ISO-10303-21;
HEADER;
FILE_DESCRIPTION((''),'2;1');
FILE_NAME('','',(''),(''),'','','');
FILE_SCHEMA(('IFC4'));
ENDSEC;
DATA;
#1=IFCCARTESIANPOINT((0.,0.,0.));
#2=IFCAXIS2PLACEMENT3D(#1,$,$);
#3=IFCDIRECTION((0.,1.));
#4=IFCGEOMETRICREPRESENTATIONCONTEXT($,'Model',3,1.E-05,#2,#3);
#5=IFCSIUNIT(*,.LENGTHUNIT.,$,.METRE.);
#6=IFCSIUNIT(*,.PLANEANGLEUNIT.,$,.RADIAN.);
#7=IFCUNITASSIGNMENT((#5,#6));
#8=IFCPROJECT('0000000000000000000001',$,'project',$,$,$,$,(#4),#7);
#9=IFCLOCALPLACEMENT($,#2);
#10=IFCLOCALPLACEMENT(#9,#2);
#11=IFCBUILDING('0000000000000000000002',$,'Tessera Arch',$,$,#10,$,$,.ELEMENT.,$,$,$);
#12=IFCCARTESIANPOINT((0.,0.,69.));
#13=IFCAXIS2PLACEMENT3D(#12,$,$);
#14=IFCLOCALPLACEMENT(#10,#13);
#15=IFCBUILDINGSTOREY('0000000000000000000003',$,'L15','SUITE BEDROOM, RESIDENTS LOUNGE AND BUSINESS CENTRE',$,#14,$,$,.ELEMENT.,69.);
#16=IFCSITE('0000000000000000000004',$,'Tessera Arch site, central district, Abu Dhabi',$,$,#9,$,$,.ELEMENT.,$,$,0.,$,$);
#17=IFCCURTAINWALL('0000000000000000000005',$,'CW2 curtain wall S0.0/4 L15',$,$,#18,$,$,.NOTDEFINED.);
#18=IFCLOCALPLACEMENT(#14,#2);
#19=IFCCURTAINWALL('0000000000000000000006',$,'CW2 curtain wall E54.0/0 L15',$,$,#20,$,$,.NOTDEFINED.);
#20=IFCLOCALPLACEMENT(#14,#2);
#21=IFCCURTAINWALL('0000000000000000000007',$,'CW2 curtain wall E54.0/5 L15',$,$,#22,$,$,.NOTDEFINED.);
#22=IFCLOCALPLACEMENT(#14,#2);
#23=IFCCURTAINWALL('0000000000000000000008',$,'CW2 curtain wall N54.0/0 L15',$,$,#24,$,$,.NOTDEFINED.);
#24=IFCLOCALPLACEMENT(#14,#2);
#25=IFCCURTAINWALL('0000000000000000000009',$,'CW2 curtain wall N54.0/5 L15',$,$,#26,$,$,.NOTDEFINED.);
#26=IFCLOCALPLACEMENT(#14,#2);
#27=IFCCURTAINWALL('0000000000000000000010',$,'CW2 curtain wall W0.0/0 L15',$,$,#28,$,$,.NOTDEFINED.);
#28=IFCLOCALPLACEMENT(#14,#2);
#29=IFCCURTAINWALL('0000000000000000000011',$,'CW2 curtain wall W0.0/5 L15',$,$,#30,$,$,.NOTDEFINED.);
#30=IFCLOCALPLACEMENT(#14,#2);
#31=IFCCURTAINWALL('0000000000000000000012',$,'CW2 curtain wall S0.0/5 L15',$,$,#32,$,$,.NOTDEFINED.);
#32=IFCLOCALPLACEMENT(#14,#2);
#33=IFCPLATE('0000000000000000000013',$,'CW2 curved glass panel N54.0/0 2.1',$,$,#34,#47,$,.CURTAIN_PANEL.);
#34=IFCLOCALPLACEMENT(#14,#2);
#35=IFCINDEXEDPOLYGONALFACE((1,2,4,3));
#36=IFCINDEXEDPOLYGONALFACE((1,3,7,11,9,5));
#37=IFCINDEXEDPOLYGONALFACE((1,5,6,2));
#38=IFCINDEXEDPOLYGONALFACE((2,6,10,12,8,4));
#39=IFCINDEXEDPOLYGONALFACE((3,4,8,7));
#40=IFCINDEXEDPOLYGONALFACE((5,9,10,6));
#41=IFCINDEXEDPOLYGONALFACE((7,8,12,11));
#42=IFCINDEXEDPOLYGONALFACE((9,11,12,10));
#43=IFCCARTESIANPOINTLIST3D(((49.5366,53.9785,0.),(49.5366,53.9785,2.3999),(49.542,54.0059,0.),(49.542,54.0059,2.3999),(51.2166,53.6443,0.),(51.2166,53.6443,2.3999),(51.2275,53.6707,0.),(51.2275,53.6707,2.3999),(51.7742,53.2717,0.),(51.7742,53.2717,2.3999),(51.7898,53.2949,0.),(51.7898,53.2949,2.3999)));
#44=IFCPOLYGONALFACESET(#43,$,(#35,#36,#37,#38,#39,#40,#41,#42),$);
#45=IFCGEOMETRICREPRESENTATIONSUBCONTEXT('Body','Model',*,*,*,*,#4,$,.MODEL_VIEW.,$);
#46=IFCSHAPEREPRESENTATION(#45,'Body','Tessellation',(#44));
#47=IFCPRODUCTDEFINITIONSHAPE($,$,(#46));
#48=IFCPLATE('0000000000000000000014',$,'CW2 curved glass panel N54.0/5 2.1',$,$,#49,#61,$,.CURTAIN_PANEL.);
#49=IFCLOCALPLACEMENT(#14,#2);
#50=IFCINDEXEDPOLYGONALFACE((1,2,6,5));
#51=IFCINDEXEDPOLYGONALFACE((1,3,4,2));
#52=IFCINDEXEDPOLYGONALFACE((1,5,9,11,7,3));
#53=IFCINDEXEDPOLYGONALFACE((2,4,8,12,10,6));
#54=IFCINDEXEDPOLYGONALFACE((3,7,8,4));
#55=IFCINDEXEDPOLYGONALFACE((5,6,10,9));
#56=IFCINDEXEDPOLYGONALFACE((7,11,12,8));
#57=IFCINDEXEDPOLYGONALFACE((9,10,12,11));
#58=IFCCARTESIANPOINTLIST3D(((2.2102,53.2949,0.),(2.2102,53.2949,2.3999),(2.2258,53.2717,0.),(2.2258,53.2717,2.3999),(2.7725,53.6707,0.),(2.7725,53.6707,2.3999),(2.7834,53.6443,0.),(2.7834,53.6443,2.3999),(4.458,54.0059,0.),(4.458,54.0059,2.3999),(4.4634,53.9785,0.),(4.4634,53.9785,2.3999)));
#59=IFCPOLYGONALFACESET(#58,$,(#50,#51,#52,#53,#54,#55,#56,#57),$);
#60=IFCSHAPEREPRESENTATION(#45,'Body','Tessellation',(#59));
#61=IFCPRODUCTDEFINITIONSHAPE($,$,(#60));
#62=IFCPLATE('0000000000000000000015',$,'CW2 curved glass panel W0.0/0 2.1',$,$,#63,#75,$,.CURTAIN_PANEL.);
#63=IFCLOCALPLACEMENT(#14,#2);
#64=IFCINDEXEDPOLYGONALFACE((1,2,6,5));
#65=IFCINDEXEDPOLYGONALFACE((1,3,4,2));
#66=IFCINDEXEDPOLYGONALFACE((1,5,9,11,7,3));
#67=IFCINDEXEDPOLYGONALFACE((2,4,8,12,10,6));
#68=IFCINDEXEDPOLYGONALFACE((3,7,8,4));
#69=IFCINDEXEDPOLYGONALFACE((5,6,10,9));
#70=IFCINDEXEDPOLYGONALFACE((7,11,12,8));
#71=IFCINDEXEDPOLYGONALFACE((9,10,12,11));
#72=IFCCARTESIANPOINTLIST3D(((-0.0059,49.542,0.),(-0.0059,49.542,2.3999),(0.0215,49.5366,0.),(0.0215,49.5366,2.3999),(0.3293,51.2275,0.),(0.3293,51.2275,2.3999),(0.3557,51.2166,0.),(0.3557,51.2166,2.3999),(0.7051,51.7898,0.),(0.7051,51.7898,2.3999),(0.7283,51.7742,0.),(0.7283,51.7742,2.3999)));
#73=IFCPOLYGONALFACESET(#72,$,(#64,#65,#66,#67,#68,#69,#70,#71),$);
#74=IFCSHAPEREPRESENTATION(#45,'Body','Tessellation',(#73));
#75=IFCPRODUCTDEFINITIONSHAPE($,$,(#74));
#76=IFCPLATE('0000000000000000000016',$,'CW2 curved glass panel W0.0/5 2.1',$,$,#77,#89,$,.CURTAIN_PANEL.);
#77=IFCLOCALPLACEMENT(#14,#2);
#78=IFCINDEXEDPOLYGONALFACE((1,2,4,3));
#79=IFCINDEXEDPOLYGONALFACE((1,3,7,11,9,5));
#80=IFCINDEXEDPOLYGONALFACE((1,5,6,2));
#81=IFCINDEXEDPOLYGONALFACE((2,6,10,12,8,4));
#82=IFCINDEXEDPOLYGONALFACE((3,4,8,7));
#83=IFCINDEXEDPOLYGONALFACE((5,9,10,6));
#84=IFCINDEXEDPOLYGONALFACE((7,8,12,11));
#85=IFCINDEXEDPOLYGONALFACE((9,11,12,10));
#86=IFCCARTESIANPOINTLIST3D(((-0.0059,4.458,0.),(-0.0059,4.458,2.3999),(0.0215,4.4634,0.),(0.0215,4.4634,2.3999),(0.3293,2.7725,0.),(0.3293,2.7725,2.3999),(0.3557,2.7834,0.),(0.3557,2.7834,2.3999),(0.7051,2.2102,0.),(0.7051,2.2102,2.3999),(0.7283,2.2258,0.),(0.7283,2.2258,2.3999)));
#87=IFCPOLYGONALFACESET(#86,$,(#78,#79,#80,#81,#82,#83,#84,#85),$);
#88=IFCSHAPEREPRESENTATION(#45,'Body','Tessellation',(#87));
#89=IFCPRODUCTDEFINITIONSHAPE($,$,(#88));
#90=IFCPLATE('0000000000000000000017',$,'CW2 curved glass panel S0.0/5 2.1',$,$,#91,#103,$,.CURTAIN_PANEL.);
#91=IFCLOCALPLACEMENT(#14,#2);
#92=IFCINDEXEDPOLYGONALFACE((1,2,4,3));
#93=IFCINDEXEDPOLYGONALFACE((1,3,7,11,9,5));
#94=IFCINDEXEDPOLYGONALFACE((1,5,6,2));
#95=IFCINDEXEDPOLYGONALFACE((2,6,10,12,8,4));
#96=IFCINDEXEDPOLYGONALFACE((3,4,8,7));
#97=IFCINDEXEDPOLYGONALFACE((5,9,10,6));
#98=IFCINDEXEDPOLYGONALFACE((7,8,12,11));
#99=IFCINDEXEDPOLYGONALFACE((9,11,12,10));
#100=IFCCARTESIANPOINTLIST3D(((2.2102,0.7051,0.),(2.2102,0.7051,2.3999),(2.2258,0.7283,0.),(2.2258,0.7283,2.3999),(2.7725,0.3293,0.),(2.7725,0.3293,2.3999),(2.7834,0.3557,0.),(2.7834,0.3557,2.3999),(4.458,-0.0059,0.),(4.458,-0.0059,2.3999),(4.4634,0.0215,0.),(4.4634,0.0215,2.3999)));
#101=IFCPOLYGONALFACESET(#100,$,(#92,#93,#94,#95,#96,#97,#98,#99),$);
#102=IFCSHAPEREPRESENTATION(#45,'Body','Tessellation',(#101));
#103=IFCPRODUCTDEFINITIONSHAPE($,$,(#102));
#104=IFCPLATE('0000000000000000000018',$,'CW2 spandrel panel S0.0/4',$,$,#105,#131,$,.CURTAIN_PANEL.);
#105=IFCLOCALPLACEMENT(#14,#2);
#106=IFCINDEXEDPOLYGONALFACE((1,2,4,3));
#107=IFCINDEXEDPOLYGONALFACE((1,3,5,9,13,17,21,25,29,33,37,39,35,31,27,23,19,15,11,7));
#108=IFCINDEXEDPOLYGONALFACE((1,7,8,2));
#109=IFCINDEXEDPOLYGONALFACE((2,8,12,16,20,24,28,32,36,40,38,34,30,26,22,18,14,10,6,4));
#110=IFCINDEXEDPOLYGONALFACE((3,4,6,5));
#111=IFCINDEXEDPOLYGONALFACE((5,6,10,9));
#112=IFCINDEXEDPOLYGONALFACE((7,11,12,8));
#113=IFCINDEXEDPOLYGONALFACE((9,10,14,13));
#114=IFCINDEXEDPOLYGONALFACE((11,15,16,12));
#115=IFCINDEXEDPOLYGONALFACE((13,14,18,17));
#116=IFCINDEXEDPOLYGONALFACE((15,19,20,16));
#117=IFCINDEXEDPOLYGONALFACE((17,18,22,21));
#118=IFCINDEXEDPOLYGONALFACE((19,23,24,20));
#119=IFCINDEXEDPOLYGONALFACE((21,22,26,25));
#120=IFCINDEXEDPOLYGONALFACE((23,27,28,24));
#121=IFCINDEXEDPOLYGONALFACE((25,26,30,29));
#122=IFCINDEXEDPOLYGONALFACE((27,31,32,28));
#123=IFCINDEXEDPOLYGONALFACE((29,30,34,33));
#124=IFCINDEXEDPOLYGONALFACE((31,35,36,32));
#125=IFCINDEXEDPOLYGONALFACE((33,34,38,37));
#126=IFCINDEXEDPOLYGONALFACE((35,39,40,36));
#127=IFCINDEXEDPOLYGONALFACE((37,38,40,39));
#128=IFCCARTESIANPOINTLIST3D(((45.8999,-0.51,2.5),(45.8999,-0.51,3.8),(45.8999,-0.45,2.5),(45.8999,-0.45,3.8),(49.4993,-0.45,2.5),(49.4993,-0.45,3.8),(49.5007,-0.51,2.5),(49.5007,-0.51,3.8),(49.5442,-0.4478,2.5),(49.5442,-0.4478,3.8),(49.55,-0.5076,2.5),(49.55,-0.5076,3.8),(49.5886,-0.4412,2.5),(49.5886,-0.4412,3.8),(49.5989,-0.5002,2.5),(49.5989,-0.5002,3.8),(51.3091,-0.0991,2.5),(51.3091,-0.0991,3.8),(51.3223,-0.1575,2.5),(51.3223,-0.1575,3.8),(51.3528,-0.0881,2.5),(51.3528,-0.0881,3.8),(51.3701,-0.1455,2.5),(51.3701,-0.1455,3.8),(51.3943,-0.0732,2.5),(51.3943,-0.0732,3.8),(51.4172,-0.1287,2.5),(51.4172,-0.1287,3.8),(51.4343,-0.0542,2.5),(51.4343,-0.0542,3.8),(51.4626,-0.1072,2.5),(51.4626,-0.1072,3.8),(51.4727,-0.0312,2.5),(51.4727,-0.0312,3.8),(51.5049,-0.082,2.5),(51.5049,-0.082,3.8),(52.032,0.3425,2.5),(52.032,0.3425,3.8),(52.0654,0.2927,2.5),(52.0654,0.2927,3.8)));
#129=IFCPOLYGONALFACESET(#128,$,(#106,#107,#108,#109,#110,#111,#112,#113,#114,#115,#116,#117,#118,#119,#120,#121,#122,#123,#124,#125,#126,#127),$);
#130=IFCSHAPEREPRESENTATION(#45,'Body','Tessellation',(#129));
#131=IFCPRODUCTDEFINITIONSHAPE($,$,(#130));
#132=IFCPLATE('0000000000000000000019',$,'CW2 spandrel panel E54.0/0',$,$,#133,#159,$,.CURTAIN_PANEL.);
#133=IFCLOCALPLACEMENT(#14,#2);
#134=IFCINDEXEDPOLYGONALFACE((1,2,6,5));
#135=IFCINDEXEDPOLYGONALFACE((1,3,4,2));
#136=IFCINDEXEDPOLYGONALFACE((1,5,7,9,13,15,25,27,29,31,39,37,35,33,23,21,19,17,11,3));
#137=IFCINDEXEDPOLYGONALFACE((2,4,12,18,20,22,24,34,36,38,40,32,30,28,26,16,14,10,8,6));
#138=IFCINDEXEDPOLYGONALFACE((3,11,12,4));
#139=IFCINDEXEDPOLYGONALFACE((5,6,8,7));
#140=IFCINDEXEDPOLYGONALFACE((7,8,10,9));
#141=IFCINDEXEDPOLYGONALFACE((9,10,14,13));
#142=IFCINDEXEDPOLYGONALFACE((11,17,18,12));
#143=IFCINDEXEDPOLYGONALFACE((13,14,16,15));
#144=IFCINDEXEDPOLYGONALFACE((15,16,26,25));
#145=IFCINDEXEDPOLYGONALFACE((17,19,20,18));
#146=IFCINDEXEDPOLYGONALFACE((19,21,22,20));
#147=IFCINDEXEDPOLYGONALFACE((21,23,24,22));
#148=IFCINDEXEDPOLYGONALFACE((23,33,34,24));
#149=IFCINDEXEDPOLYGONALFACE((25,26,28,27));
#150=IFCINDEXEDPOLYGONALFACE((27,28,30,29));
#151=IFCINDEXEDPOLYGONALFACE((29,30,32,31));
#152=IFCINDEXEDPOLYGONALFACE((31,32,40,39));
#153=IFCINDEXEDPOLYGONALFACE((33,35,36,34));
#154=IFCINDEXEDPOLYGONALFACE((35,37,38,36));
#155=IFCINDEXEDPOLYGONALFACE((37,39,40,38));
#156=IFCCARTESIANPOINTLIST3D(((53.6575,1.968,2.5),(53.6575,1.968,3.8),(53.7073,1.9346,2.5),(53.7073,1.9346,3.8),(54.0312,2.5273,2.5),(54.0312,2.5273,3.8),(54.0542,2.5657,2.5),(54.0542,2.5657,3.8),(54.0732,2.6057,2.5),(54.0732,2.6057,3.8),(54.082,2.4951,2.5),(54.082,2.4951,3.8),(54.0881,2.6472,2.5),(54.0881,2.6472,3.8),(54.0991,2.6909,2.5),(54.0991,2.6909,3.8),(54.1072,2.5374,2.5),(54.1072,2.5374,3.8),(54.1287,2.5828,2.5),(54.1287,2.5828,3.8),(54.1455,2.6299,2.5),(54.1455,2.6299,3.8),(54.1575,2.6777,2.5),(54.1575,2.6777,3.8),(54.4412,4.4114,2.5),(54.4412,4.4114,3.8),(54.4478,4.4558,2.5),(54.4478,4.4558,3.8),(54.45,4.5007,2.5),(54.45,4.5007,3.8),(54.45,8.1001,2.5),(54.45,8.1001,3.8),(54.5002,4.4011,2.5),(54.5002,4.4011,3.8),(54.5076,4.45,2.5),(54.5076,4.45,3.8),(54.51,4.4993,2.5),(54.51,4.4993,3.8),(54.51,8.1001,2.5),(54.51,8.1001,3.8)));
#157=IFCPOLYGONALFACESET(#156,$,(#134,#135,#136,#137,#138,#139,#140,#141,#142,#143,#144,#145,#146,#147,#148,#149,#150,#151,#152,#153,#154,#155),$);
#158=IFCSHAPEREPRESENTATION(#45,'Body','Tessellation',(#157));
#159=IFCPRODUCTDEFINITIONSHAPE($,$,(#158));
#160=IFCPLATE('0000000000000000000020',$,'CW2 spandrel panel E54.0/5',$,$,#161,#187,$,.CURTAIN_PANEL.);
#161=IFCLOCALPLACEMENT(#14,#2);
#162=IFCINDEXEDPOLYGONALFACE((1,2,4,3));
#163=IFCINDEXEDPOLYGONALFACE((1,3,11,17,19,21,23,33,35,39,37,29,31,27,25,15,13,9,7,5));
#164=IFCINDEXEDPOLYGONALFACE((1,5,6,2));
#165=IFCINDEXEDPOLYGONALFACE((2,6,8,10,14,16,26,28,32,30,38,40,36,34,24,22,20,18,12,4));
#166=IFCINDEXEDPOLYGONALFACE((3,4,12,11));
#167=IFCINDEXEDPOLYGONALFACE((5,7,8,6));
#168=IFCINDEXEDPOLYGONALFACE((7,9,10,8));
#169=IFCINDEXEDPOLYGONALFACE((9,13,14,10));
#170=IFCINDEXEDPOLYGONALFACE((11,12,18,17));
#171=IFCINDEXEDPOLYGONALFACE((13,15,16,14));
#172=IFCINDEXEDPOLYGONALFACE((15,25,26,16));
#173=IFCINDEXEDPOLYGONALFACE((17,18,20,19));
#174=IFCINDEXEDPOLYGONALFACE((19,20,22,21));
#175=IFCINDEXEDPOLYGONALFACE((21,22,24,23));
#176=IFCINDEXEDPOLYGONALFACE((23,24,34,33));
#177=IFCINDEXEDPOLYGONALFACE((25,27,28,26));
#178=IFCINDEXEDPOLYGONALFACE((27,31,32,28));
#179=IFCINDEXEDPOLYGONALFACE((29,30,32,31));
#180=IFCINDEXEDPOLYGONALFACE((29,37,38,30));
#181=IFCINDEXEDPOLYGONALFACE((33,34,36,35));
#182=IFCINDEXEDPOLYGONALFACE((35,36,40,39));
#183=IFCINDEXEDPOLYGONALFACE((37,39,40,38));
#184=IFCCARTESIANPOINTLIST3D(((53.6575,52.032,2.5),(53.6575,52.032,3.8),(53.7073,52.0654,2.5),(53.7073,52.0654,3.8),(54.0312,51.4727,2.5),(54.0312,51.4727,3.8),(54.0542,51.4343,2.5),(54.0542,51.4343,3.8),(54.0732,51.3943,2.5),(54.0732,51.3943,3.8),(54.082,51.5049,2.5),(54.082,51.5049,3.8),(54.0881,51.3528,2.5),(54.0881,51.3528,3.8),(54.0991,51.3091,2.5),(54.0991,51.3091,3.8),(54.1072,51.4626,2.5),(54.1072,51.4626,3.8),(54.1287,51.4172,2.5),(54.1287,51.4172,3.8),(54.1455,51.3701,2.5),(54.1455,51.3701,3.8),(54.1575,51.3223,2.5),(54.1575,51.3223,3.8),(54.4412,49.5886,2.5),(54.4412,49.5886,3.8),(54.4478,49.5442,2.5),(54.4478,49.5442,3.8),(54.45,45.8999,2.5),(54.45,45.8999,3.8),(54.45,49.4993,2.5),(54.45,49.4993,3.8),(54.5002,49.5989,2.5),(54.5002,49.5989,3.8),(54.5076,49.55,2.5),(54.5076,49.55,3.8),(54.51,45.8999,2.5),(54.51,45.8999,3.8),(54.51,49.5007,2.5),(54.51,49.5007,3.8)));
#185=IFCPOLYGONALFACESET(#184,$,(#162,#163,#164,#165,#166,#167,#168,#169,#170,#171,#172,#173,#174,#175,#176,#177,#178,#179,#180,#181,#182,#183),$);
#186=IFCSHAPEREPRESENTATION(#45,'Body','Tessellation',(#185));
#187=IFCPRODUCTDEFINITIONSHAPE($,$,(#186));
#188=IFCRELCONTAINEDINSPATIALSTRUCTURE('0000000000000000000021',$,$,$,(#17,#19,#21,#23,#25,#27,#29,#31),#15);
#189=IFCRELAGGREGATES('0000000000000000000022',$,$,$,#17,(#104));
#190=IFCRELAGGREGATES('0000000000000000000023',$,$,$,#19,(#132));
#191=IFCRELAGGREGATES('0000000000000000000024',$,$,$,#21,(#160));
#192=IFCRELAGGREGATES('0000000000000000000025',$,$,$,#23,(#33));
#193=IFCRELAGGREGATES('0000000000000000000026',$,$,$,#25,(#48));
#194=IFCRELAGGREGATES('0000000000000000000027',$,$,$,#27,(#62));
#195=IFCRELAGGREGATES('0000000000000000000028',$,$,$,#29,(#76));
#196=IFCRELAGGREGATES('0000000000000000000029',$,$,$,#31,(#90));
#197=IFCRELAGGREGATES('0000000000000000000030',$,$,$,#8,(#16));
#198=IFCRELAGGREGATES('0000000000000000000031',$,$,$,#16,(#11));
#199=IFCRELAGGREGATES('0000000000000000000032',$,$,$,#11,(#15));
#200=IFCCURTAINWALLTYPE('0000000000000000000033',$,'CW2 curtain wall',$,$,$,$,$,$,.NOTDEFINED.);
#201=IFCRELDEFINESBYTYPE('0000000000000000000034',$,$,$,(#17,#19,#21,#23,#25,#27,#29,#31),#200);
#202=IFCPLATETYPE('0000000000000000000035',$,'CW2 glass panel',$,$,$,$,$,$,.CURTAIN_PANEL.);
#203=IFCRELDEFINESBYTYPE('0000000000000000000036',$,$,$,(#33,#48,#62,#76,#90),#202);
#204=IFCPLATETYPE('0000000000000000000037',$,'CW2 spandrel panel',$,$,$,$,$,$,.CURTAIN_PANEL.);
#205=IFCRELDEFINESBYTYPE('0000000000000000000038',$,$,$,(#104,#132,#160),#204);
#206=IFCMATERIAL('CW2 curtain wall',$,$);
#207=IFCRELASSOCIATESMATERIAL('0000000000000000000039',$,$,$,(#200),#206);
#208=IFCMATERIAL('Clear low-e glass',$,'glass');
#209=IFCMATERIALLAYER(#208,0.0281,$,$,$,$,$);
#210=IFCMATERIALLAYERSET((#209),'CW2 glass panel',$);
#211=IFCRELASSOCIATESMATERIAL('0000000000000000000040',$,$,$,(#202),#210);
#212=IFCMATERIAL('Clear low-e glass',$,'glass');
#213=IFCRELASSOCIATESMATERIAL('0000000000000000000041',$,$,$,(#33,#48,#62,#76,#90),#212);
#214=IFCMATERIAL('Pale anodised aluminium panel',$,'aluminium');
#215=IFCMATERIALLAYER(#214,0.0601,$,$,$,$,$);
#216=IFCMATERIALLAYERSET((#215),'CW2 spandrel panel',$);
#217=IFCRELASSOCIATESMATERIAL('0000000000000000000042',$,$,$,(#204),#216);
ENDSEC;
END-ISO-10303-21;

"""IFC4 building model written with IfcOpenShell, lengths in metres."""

from ifc_helpers import new_model, si_unit, direction, frame, origin, place, context, subcontext, project, spatial, polyline, outline, extrude, material, layer, layer_set, type_object, element, aggregate, save


model = new_model("IFC4")

# Units and contexts
model_context = context("Model", 3, precision=1e-05, world=origin(), true_north=direction((0.0, 1.0)))
body_context = subcontext(model_context, "Body", "Model", "MODEL_VIEW")
ifc_project = project(units=[si_unit("LENGTHUNIT", "METRE"), si_unit("PLANEANGLEUNIT", "RADIAN")], contexts=[model_context])

# Site, building, storey
site_placement = place(None, origin())
site = spatial("IfcSite", under=ifc_project, at=site_placement, Name="Tessera Arch site, central district, Abu Dhabi", CompositionType="ELEMENT", RefElevation=0.0)
building_placement = place(site_placement, origin())
building = spatial("IfcBuilding", under=site, at=building_placement, Name="Tessera Arch", CompositionType="ELEMENT")
storey_placement = place(building_placement, frame((0.0, 0.0, 69.0)))
storey = spatial("IfcBuildingStorey", under=building, at=storey_placement, Name="L15", Description="SUITE BEDROOM, RESIDENTS LOUNGE AND BUSINESS CENTRE", CompositionType="ELEMENT", Elevation=69.0)

# Curtain walls
ifc_material_1 = material(Name="CW2 curtain wall")
curtain_wall_type = type_object("IfcCurtainWallType", Name="CW2 curtain wall", PredefinedType="NOTDEFINED", material=ifc_material_1)
curtain_wall_1_placement = place(storey_placement, origin())
curtain_wall_1 = element("IfcCurtainWall", 1, at=curtain_wall_1_placement, inside=storey, type_object=curtain_wall_type, Name="CW2 curtain wall S0.0/4 L15", PredefinedType="NOTDEFINED")
curtain_wall_2_placement = place(storey_placement, origin())
curtain_wall_2 = element("IfcCurtainWall", 2, at=curtain_wall_2_placement, inside=storey, type_object=curtain_wall_type, Name="CW2 curtain wall E54.0/0 L15", PredefinedType="NOTDEFINED")
curtain_wall_3_placement = place(storey_placement, origin())
curtain_wall_3 = element("IfcCurtainWall", 3, at=curtain_wall_3_placement, inside=storey, type_object=curtain_wall_type, Name="CW2 curtain wall E54.0/5 L15", PredefinedType="NOTDEFINED")
curtain_wall_4_placement = place(storey_placement, origin())
curtain_wall_4 = element("IfcCurtainWall", 4, at=curtain_wall_4_placement, inside=storey, type_object=curtain_wall_type, Name="CW2 curtain wall N54.0/0 L15", PredefinedType="NOTDEFINED")
curtain_wall_5_placement = place(storey_placement, origin())
curtain_wall_5 = element("IfcCurtainWall", 5, at=curtain_wall_5_placement, inside=storey, type_object=curtain_wall_type, Name="CW2 curtain wall N54.0/5 L15", PredefinedType="NOTDEFINED")
curtain_wall_6_placement = place(storey_placement, origin())
curtain_wall_6 = element("IfcCurtainWall", 6, at=curtain_wall_6_placement, inside=storey, type_object=curtain_wall_type, Name="CW2 curtain wall W0.0/0 L15", PredefinedType="NOTDEFINED")
curtain_wall_7_placement = place(storey_placement, origin())
curtain_wall_7 = element("IfcCurtainWall", 7, at=curtain_wall_7_placement, inside=storey, type_object=curtain_wall_type, Name="CW2 curtain wall W0.0/5 L15", PredefinedType="NOTDEFINED")
curtain_wall_8_placement = place(storey_placement, origin())
curtain_wall_8 = element("IfcCurtainWall", 8, at=curtain_wall_8_placement, inside=storey, type_object=curtain_wall_type, Name="CW2 curtain wall S0.0/5 L15", PredefinedType="NOTDEFINED")

# Plates
ifc_material_2 = material(Name="Clear low-e glass", Category="glass")
ifc_material_3 = material(Name="Clear low-e glass", Category="glass")
ifc_layer_1 = layer(ifc_material_3, 0.0281)
ifc_layer_set_1 = layer_set([ifc_layer_1], Name="CW2 glass panel")
plate_type_1 = type_object("IfcPlateType", Name="CW2 glass panel", PredefinedType="CURTAIN_PANEL", material=ifc_layer_set_1)
plate_1_placement = place(storey_placement, origin())
plate_1 = element("IfcPlate", 9, at=plate_1_placement, type_object=plate_type_1, material=ifc_material_2, Name="CW2 curved glass panel N54.0/0 2.1", PredefinedType="CURTAIN_PANEL", context=body_context, shape_type="SweptSolid", body=[
    extrude(outline(polyline([(51.2166, 53.6443), (51.7742, 53.2717), (51.7898, 53.2949), (51.2275, 53.6707), (49.542, 54.0059), (49.5366, 53.9785), (51.2166, 53.6443)])), origin(), (0.0, 0.0, 1.0), 2.3999),
])
plate_2_placement = place(storey_placement, origin())
plate_2 = element("IfcPlate", 10, at=plate_2_placement, type_object=plate_type_1, material=ifc_material_2, Name="CW2 curved glass panel N54.0/5 2.1", PredefinedType="CURTAIN_PANEL", context=body_context, shape_type="SweptSolid", body=[
    extrude(outline(polyline([(2.7834, 53.6443), (4.4634, 53.9785), (4.458, 54.0059), (2.7725, 53.6707), (2.2102, 53.2949), (2.2258, 53.2717), (2.7834, 53.6443)])), origin(), (0.0, 0.0, 1.0), 2.3999),
])
plate_3_placement = place(storey_placement, origin())
plate_3 = element("IfcPlate", 11, at=plate_3_placement, type_object=plate_type_1, material=ifc_material_2, Name="CW2 curved glass panel W0.0/0 2.1", PredefinedType="CURTAIN_PANEL", context=body_context, shape_type="SweptSolid", body=[
    extrude(outline(polyline([(0.3557, 51.2166), (0.7283, 51.7742), (0.7051, 51.7898), (0.3293, 51.2275), (-0.0059, 49.542), (0.0215, 49.5366), (0.3557, 51.2166)])), origin(), (0.0, 0.0, 1.0), 2.3999),
])
plate_4_placement = place(storey_placement, origin())
plate_4 = element("IfcPlate", 12, at=plate_4_placement, type_object=plate_type_1, material=ifc_material_2, Name="CW2 curved glass panel W0.0/5 2.1", PredefinedType="CURTAIN_PANEL", context=body_context, shape_type="SweptSolid", body=[
    extrude(outline(polyline([(0.3557, 2.7834), (0.0215, 4.4634), (-0.0059, 4.458), (0.3293, 2.7725), (0.7051, 2.2102), (0.7283, 2.2258), (0.3557, 2.7834)])), origin(), (0.0, 0.0, 1.0), 2.3999),
])
plate_5_placement = place(storey_placement, origin())
plate_5 = element("IfcPlate", 13, at=plate_5_placement, type_object=plate_type_1, material=ifc_material_2, Name="CW2 curved glass panel S0.0/5 2.1", PredefinedType="CURTAIN_PANEL", context=body_context, shape_type="SweptSolid", body=[
    extrude(outline(polyline([(2.7834, 0.3557), (2.2258, 0.7283), (2.2102, 0.7051), (2.7725, 0.3293), (4.458, -0.0059), (4.4634, 0.0215), (2.7834, 0.3557)])), origin(), (0.0, 0.0, 1.0), 2.3999),
])
ifc_material_4 = material(Name="Pale anodised aluminium panel", Category="aluminium")
ifc_layer_2 = layer(ifc_material_4, 0.0601)
ifc_layer_set_2 = layer_set([ifc_layer_2], Name="CW2 spandrel panel")
plate_type_2 = type_object("IfcPlateType", Name="CW2 spandrel panel", PredefinedType="CURTAIN_PANEL", material=ifc_layer_set_2)
plate_6_placement = place(storey_placement, frame((0.0, 0.0, 2.5)))
plate_6 = element("IfcPlate", 14, at=plate_6_placement, type_object=plate_type_2, Name="CW2 spandrel panel S0.0/4", PredefinedType="CURTAIN_PANEL", context=body_context, shape_type="SweptSolid", body=[
    extrude(outline(polyline([(49.4993, -0.45), (45.8999, -0.45), (45.8999, -0.51), (49.5007, -0.51), (49.55, -0.5076), (49.5989, -0.5002), (51.3223, -0.1575), (51.3701, -0.1455), (51.4172, -0.1287), (51.4626, -0.1072), (51.5049, -0.082), (52.0654, 0.2927), (52.032, 0.3425), (51.4727, -0.0312), (51.4343, -0.0542), (51.3943, -0.0732), (51.3528, -0.0881), (51.3091, -0.0991), (49.5886, -0.4412), (49.5442, -0.4478), (49.4993, -0.45)])), origin(), (0.0, 0.0, 1.0), 1.3),
])
aggregate(curtain_wall_1, [plate_6])
plate_7_placement = place(storey_placement, frame((0.0, 0.0, 2.5)))
plate_7 = element("IfcPlate", 15, at=plate_7_placement, type_object=plate_type_2, Name="CW2 spandrel panel E54.0/0", PredefinedType="CURTAIN_PANEL", context=body_context, shape_type="SweptSolid", body=[
    extrude(outline(polyline([(54.0312, 2.5273), (53.6575, 1.968), (53.7073, 1.9346), (54.082, 2.4951), (54.1072, 2.5374), (54.1287, 2.5828), (54.1455, 2.6299), (54.1575, 2.6777), (54.5002, 4.4011), (54.5076, 4.45), (54.51, 4.4993), (54.51, 8.1001), (54.45, 8.1001), (54.45, 4.5007), (54.4478, 4.4558), (54.4412, 4.4114), (54.0991, 2.6909), (54.0881, 2.6472), (54.0732, 2.6057), (54.0542, 2.5657), (54.0312, 2.5273)])), origin(), (0.0, 0.0, 1.0), 1.3),
])
aggregate(curtain_wall_2, [plate_7])
plate_8_placement = place(storey_placement, frame((0.0, 0.0, 2.5)))
plate_8 = element("IfcPlate", 16, at=plate_8_placement, type_object=plate_type_2, Name="CW2 spandrel panel E54.0/5", PredefinedType="CURTAIN_PANEL", context=body_context, shape_type="SweptSolid", body=[
    extrude(outline(polyline([(54.45, 49.4993), (54.45, 45.8999), (54.51, 45.8999), (54.51, 49.5007), (54.5076, 49.55), (54.5002, 49.5989), (54.1575, 51.3223), (54.1455, 51.3701), (54.1287, 51.4172), (54.1072, 51.4626), (54.082, 51.5049), (53.7073, 52.0654), (53.6575, 52.032), (54.0312, 51.4727), (54.0542, 51.4343), (54.0732, 51.3943), (54.0881, 51.3528), (54.0991, 51.3091), (54.4412, 49.5886), (54.4478, 49.5442), (54.45, 49.4993)])), origin(), (0.0, 0.0, 1.0), 1.3),
])
aggregate(curtain_wall_3, [plate_8])
aggregate(curtain_wall_4, [plate_1])
aggregate(curtain_wall_5, [plate_2])
aggregate(curtain_wall_6, [plate_3])
aggregate(curtain_wall_7, [plate_4])
aggregate(curtain_wall_8, [plate_5])

save(model, "model.ifc")
